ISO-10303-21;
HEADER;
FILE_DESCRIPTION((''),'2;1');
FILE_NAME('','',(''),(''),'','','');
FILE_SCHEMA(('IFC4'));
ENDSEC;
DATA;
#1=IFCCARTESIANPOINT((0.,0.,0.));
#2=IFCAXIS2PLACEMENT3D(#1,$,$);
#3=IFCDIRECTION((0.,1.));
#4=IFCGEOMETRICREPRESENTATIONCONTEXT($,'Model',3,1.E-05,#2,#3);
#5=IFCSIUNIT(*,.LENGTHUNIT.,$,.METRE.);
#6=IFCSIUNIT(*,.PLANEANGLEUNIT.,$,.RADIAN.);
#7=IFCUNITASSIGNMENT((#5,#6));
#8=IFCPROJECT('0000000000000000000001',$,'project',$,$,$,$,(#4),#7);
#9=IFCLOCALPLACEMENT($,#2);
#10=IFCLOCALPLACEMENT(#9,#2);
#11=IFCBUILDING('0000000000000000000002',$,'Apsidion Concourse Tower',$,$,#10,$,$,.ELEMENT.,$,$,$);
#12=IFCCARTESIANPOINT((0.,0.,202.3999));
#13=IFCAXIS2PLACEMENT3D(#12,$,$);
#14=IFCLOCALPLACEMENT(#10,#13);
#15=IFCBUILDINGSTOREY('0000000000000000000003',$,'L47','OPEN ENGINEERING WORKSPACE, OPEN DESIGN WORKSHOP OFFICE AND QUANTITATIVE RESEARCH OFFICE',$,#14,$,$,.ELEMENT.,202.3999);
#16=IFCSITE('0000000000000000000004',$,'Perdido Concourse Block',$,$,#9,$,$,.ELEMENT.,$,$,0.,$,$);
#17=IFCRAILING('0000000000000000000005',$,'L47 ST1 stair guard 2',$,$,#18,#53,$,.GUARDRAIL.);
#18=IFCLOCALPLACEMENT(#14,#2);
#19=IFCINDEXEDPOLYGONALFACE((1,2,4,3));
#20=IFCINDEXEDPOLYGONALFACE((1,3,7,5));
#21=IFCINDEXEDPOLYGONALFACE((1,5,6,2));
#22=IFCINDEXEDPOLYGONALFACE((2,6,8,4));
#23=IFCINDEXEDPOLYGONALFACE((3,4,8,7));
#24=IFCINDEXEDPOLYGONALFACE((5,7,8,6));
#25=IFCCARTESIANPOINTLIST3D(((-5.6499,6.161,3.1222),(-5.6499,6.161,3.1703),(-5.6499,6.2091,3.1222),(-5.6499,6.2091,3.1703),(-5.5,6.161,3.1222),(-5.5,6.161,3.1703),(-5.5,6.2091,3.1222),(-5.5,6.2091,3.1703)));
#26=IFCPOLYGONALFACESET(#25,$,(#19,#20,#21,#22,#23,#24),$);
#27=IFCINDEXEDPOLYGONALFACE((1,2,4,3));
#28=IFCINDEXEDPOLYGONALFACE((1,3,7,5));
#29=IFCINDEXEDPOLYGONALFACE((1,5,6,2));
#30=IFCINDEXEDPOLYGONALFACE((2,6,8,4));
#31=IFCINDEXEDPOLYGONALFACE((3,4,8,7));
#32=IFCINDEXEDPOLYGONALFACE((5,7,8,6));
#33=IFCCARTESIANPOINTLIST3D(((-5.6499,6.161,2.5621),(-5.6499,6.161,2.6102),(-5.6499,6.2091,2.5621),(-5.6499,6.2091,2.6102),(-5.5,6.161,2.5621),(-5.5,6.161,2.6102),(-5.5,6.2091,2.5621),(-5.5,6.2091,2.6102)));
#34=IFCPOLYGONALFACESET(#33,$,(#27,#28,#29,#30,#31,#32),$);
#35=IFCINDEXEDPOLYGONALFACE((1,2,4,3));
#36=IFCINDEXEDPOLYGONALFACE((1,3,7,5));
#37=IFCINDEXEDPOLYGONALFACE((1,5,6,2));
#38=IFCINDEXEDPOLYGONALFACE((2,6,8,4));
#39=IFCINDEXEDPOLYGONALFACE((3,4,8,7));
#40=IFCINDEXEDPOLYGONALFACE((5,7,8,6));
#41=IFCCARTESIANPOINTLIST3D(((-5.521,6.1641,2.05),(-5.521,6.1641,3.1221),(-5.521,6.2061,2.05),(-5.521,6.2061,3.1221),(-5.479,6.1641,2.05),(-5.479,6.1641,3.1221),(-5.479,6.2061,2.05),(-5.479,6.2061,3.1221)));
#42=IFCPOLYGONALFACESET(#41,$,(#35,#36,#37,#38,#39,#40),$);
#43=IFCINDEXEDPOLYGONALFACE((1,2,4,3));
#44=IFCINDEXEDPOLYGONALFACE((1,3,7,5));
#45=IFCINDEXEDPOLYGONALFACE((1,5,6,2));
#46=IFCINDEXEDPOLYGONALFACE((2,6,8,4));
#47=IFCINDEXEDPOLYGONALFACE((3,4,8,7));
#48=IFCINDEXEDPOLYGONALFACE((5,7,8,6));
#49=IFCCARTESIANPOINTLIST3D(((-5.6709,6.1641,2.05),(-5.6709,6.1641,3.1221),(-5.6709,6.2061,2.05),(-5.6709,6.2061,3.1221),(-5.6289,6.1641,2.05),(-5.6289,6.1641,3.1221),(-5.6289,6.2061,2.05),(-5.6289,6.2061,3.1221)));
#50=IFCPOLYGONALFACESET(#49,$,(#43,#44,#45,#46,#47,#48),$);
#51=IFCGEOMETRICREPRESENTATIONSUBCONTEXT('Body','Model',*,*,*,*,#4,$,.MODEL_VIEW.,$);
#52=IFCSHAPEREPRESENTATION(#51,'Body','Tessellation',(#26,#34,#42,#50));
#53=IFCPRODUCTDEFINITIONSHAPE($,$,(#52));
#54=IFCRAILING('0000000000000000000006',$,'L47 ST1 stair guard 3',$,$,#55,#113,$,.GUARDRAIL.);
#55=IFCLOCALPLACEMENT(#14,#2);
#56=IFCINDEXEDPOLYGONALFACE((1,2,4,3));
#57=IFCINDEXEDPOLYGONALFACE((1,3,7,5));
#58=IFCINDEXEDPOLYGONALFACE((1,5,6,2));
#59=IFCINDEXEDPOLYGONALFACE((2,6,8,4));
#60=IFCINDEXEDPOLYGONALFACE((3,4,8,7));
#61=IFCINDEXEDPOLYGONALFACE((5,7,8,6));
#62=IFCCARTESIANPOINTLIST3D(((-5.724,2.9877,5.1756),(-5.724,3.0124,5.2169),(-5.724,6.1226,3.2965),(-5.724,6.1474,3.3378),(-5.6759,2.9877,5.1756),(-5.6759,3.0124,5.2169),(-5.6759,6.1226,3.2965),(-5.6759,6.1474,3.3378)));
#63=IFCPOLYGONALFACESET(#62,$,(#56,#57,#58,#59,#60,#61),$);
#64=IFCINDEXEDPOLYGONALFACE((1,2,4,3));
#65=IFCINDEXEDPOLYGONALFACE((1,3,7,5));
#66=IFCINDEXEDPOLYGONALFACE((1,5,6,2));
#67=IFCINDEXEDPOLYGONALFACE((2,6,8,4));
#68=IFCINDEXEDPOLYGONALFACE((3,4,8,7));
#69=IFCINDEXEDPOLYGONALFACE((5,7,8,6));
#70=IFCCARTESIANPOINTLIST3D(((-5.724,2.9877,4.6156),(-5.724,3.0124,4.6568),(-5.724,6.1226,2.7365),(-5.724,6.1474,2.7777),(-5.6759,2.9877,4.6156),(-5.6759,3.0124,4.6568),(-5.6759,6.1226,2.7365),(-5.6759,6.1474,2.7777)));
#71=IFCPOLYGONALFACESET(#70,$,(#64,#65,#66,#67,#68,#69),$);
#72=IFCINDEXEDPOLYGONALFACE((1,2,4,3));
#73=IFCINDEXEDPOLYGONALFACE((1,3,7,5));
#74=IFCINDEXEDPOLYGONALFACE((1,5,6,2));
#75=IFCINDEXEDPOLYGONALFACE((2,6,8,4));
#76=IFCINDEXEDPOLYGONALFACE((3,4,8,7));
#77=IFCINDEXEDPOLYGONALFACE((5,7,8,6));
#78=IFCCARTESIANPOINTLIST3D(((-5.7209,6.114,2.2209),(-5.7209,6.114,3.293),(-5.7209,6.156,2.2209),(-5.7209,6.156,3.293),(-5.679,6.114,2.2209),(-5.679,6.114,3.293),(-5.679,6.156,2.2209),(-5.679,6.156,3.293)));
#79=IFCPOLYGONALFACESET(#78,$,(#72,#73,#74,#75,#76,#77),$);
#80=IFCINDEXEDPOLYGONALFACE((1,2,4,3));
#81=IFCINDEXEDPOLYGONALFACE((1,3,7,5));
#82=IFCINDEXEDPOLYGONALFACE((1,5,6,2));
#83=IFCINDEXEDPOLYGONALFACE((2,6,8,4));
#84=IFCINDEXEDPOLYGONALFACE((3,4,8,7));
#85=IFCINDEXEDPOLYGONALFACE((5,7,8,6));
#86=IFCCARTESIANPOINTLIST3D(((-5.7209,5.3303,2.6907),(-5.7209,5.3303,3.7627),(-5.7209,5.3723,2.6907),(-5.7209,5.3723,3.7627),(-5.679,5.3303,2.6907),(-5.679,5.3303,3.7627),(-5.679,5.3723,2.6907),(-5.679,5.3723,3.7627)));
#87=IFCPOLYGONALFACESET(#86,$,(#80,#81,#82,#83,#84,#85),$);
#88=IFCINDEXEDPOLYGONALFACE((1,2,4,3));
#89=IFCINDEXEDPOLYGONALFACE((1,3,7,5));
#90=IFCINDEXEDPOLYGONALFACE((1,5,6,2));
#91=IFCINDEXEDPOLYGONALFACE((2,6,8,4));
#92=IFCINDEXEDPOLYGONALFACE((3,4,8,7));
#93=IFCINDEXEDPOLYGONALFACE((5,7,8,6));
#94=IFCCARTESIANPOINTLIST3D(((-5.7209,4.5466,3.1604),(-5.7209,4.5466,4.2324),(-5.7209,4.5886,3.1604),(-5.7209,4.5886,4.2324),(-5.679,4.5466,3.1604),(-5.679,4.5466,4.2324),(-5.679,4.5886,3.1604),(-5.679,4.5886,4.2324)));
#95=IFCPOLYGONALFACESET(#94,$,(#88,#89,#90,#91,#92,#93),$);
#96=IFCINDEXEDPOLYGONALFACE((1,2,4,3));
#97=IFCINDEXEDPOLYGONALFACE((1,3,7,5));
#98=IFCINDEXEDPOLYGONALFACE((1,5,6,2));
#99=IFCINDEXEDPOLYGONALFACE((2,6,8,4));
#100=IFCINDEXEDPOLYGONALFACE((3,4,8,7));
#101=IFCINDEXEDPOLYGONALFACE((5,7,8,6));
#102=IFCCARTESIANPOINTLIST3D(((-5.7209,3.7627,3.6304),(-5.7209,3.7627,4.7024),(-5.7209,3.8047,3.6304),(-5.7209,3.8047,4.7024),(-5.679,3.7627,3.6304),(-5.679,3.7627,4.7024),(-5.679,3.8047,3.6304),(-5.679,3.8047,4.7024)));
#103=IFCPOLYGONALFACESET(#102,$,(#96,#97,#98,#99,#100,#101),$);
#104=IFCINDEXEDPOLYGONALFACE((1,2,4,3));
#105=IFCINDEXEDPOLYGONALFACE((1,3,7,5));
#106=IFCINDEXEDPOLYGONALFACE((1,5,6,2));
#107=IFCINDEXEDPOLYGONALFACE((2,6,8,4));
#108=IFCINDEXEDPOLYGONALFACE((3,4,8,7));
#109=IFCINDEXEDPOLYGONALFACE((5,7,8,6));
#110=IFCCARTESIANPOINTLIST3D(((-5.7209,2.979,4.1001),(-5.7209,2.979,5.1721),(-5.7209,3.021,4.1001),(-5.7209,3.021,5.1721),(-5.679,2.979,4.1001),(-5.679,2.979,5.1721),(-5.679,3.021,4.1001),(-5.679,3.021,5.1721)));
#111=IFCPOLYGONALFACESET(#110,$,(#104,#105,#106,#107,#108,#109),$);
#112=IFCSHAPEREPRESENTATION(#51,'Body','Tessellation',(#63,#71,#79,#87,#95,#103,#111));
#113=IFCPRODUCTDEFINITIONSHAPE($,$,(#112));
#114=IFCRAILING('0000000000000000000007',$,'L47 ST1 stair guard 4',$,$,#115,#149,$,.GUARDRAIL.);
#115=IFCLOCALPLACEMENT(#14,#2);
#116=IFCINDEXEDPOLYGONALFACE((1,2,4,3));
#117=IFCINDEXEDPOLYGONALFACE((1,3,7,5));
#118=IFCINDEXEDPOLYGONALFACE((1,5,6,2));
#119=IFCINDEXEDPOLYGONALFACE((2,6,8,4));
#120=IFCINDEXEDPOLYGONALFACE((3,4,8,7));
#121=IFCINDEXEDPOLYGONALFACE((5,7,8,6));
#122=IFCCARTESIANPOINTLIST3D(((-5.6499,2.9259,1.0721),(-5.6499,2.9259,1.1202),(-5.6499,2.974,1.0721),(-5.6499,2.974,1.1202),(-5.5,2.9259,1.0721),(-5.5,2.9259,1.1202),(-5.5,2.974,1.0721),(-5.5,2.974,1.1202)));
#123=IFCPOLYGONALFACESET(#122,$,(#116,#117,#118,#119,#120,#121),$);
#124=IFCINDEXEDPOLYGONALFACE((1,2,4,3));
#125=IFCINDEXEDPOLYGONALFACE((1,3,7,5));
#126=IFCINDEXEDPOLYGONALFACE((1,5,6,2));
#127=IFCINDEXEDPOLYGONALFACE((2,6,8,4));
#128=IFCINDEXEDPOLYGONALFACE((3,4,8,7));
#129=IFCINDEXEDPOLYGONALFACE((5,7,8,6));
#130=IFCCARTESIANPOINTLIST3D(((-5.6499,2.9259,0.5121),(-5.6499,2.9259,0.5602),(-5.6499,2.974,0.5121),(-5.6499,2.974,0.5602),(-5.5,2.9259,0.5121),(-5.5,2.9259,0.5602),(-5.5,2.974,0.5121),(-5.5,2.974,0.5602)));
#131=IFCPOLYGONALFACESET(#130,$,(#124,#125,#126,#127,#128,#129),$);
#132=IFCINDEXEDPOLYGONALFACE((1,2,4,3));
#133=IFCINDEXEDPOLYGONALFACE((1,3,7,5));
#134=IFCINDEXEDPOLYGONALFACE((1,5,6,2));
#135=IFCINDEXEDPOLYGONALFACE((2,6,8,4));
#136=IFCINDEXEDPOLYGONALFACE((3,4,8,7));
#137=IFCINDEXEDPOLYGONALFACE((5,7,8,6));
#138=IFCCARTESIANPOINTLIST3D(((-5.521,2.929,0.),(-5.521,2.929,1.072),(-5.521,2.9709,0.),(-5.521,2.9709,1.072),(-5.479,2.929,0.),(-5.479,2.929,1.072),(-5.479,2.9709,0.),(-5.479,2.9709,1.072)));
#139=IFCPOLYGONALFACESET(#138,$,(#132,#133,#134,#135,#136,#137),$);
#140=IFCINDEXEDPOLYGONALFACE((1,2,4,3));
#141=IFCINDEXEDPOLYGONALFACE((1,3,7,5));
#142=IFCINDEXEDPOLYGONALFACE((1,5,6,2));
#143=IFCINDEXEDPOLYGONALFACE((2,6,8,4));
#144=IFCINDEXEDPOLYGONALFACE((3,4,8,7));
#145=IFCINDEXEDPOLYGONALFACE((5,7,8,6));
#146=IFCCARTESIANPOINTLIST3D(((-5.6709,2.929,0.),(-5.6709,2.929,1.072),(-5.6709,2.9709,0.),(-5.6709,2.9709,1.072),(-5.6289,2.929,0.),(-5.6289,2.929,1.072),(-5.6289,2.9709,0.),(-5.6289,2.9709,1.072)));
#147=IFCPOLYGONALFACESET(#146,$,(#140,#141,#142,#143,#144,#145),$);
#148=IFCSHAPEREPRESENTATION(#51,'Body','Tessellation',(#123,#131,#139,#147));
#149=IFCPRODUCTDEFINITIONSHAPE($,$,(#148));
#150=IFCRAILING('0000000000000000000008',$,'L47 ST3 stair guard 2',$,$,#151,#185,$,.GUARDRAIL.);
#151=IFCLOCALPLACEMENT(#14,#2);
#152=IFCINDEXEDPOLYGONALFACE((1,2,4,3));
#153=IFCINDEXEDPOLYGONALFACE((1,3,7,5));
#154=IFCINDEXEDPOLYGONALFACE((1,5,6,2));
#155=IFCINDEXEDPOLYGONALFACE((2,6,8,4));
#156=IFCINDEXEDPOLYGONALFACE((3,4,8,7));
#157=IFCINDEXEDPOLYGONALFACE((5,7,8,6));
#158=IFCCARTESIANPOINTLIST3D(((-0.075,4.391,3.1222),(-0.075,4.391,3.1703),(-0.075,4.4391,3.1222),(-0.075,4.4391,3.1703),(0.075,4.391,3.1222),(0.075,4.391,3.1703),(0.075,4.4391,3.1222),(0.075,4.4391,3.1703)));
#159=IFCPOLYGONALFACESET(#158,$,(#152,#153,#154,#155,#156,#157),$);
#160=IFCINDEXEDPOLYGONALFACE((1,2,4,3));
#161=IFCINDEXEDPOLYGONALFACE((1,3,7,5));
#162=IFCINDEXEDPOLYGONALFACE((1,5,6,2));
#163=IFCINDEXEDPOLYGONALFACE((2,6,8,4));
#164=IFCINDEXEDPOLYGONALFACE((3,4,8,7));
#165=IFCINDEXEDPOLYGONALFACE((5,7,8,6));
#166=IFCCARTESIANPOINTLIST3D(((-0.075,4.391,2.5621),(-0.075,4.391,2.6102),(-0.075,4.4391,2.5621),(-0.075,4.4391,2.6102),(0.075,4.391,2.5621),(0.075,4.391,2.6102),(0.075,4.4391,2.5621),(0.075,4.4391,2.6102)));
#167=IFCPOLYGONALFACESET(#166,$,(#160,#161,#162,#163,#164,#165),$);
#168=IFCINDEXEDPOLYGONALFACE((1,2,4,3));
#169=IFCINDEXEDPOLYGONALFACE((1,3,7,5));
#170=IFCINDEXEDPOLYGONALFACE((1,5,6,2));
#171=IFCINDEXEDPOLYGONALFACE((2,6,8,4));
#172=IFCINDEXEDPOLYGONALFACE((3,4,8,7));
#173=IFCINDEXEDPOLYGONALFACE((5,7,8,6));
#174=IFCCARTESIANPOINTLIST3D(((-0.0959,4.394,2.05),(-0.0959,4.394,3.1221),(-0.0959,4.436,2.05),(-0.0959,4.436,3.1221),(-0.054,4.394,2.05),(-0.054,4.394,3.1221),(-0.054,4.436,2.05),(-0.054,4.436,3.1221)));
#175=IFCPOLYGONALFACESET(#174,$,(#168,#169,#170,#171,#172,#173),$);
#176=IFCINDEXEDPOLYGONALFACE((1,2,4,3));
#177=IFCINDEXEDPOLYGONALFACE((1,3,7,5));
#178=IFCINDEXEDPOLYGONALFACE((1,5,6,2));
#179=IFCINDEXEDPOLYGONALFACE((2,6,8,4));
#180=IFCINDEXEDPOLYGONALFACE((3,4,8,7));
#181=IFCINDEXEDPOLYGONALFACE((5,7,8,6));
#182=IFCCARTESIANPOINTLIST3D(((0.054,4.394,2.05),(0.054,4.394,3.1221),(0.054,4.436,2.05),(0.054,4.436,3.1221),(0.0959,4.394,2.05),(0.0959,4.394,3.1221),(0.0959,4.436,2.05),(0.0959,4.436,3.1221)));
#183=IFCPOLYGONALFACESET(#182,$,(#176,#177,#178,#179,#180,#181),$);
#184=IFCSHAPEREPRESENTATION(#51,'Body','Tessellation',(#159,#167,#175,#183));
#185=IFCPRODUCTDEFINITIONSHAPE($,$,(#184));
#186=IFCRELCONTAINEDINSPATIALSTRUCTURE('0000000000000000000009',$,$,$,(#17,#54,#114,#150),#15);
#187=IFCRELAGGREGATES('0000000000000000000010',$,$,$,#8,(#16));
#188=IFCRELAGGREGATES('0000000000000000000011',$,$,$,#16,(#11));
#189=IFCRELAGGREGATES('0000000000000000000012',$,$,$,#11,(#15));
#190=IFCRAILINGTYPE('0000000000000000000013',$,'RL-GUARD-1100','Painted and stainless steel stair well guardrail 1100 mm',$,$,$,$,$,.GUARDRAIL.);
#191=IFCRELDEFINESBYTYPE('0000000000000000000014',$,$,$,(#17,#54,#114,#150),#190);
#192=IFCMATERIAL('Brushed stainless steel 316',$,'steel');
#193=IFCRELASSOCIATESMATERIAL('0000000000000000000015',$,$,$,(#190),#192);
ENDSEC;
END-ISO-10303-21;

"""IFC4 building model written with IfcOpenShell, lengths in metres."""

from ifc_helpers import new_model, si_unit, direction, frame, origin, origin_2d, place, context, subcontext, project, spatial, rectangle, extrude, material, type_object, element, save


model = new_model("IFC4")

# Units and contexts
model_context = context("Model", 3, precision=1e-05, world=origin(), true_north=direction((0.0, 1.0)))
body_context = subcontext(model_context, "Body", "Model", "MODEL_VIEW")
ifc_project = project(units=[si_unit("LENGTHUNIT", "METRE"), si_unit("PLANEANGLEUNIT", "RADIAN")], contexts=[model_context])

# Site, building, storey
site_placement = place(None, origin())
site = spatial("IfcSite", under=ifc_project, at=site_placement, Name="Perdido Concourse Block", CompositionType="ELEMENT", RefElevation=0.0)
building_placement = place(site_placement, origin())
building = spatial("IfcBuilding", under=site, at=building_placement, Name="Apsidion Concourse Tower", CompositionType="ELEMENT")
storey_placement = place(building_placement, frame((0.0, 0.0, 202.3999)))
storey = spatial("IfcBuildingStorey", under=building, at=storey_placement, Name="L47", Description="OPEN ENGINEERING WORKSPACE, OPEN DESIGN WORKSHOP OFFICE AND QUANTITATIVE RESEARCH OFFICE", CompositionType="ELEMENT", Elevation=202.3999)

# Shared definitions
ifc_material_1 = material(Name="Brushed stainless steel 316", Category="steel")

# Railings
railing_type_1 = type_object("IfcRailingType", Name="RL-GUARD-1100", Description="Painted and stainless steel stair well guardrail 1100 mm", PredefinedType="GUARDRAIL", material=ifc_material_1)
railing_1_placement = place(storey_placement, frame((-5.5, 6.1851, 2.05)))
element("IfcRailing", 1, at=railing_1_placement, inside=storey, type_object=railing_type_1, Name="L47 ST1 stair guard 2", PredefinedType="GUARDRAIL", context=body_context, shape_type="SweptSolid", body=[
    extrude(rectangle(XDim=0.0481, YDim=0.0481, at=origin_2d()), frame((0.0, 0.0, 1.0962), z_axis=(-1.0, 0.0, 0.0), x_axis=(0.0, -1.0, 0.0)), (0.0, 0.0, 1.0), 0.1499),
    extrude(rectangle(XDim=0.0481, YDim=0.0481, at=origin_2d()), frame((0.0, 0.0, 0.5361), z_axis=(-1.0, 0.0, 0.0), x_axis=(0.0, -1.0, 0.0)), (0.0, 0.0, 1.0), 0.1499),
    extrude(rectangle(XDim=0.042, YDim=0.042, at=origin_2d()), origin(), (0.0, 0.0, 1.0), 1.072),
    extrude(rectangle(XDim=0.042, YDim=0.042, at=origin_2d()), frame((-0.1499, 0.0, 0.0)), (0.0, 0.0, 1.0), 1.072),
])
railing_2_placement = place(storey_placement, frame((-5.7, 6.135, 2.2209)))
element("IfcRailing", 2, at=railing_2_placement, inside=storey, type_object=railing_type_1, Name="L47 ST1 stair guard 3", PredefinedType="GUARDRAIL", context=body_context, shape_type="SweptSolid", body=[
    extrude(rectangle(XDim=0.0481, YDim=0.0481, at=origin_2d()), frame((0.0, 0.0, 1.0962), z_axis=(0.0, -0.857717, 0.514122), x_axis=(1.0, 0.0, 0.0)), (0.0, 0.0, 1.0), 3.655),
    extrude(rectangle(XDim=0.0481, YDim=0.0481, at=origin_2d()), frame((0.0, 0.0, 0.5361), z_axis=(0.0, -0.857717, 0.514122), x_axis=(1.0, 0.0, 0.0)), (0.0, 0.0, 1.0), 3.655),
    extrude(rectangle(XDim=0.042, YDim=0.042, at=origin_2d()), origin(), (0.0, 0.0, 1.0), 1.072),
    extrude(rectangle(XDim=0.042, YDim=0.042, at=origin_2d()), frame((0.0, -0.7837, 0.4697)), (0.0, 0.0, 1.0), 1.072),
    extrude(rectangle(XDim=0.042, YDim=0.042, at=origin_2d()), frame((0.0, -1.5674, 0.9395)), (0.0, 0.0, 1.0), 1.072),
    extrude(rectangle(XDim=0.042, YDim=0.042, at=origin_2d()), frame((0.0, -2.3513, 1.4094)), (0.0, 0.0, 1.0), 1.072),
    extrude(rectangle(XDim=0.042, YDim=0.042, at=origin_2d()), frame((0.0, -3.135, 1.8792)), (0.0, 0.0, 1.0), 1.072),
])
railing_3_placement = place(storey_placement, frame((-5.5, 2.95, 0.0)))
element("IfcRailing", 3, at=railing_3_placement, inside=storey, type_object=railing_type_1, Name="L47 ST1 stair guard 4", PredefinedType="GUARDRAIL", context=body_context, shape_type="SweptSolid", body=[
    extrude(rectangle(XDim=0.0481, YDim=0.0481, at=origin_2d()), frame((0.0, 0.0, 1.0962), z_axis=(-1.0, 0.0, 0.0), x_axis=(0.0, -1.0, 0.0)), (0.0, 0.0, 1.0), 0.1499),
    extrude(rectangle(XDim=0.0481, YDim=0.0481, at=origin_2d()), frame((0.0, 0.0, 0.5361), z_axis=(-1.0, 0.0, 0.0), x_axis=(0.0, -1.0, 0.0)), (0.0, 0.0, 1.0), 0.1499),
    extrude(rectangle(XDim=0.042, YDim=0.042, at=origin_2d()), origin(), (0.0, 0.0, 1.0), 1.072),
    extrude(rectangle(XDim=0.042, YDim=0.042, at=origin_2d()), frame((-0.1499, 0.0, 0.0)), (0.0, 0.0, 1.0), 1.072),
])
railing_4_placement = place(storey_placement, frame((-0.075, 4.415, 2.05)))
element("IfcRailing", 4, at=railing_4_placement, inside=storey, type_object=railing_type_1, Name="L47 ST3 stair guard 2", PredefinedType="GUARDRAIL", context=body_context, shape_type="SweptSolid", body=[
    extrude(rectangle(XDim=0.0481, YDim=0.0481, at=origin_2d()), frame((0.0, 0.0, 1.0962), z_axis=(1.0, 0.0, 0.0), x_axis=(0.0, 1.0, 0.0)), (0.0, 0.0, 1.0), 0.1499),
    extrude(rectangle(XDim=0.0481, YDim=0.0481, at=origin_2d()), frame((0.0, 0.0, 0.5361), z_axis=(1.0, 0.0, 0.0), x_axis=(0.0, 1.0, 0.0)), (0.0, 0.0, 1.0), 0.1499),
    extrude(rectangle(XDim=0.042, YDim=0.042, at=origin_2d()), origin(), (0.0, 0.0, 1.0), 1.072),
    extrude(rectangle(XDim=0.042, YDim=0.042, at=origin_2d()), frame((0.1499, 0.0, 0.0)), (0.0, 0.0, 1.0), 1.072),
])

save(model, "model.ifc")
